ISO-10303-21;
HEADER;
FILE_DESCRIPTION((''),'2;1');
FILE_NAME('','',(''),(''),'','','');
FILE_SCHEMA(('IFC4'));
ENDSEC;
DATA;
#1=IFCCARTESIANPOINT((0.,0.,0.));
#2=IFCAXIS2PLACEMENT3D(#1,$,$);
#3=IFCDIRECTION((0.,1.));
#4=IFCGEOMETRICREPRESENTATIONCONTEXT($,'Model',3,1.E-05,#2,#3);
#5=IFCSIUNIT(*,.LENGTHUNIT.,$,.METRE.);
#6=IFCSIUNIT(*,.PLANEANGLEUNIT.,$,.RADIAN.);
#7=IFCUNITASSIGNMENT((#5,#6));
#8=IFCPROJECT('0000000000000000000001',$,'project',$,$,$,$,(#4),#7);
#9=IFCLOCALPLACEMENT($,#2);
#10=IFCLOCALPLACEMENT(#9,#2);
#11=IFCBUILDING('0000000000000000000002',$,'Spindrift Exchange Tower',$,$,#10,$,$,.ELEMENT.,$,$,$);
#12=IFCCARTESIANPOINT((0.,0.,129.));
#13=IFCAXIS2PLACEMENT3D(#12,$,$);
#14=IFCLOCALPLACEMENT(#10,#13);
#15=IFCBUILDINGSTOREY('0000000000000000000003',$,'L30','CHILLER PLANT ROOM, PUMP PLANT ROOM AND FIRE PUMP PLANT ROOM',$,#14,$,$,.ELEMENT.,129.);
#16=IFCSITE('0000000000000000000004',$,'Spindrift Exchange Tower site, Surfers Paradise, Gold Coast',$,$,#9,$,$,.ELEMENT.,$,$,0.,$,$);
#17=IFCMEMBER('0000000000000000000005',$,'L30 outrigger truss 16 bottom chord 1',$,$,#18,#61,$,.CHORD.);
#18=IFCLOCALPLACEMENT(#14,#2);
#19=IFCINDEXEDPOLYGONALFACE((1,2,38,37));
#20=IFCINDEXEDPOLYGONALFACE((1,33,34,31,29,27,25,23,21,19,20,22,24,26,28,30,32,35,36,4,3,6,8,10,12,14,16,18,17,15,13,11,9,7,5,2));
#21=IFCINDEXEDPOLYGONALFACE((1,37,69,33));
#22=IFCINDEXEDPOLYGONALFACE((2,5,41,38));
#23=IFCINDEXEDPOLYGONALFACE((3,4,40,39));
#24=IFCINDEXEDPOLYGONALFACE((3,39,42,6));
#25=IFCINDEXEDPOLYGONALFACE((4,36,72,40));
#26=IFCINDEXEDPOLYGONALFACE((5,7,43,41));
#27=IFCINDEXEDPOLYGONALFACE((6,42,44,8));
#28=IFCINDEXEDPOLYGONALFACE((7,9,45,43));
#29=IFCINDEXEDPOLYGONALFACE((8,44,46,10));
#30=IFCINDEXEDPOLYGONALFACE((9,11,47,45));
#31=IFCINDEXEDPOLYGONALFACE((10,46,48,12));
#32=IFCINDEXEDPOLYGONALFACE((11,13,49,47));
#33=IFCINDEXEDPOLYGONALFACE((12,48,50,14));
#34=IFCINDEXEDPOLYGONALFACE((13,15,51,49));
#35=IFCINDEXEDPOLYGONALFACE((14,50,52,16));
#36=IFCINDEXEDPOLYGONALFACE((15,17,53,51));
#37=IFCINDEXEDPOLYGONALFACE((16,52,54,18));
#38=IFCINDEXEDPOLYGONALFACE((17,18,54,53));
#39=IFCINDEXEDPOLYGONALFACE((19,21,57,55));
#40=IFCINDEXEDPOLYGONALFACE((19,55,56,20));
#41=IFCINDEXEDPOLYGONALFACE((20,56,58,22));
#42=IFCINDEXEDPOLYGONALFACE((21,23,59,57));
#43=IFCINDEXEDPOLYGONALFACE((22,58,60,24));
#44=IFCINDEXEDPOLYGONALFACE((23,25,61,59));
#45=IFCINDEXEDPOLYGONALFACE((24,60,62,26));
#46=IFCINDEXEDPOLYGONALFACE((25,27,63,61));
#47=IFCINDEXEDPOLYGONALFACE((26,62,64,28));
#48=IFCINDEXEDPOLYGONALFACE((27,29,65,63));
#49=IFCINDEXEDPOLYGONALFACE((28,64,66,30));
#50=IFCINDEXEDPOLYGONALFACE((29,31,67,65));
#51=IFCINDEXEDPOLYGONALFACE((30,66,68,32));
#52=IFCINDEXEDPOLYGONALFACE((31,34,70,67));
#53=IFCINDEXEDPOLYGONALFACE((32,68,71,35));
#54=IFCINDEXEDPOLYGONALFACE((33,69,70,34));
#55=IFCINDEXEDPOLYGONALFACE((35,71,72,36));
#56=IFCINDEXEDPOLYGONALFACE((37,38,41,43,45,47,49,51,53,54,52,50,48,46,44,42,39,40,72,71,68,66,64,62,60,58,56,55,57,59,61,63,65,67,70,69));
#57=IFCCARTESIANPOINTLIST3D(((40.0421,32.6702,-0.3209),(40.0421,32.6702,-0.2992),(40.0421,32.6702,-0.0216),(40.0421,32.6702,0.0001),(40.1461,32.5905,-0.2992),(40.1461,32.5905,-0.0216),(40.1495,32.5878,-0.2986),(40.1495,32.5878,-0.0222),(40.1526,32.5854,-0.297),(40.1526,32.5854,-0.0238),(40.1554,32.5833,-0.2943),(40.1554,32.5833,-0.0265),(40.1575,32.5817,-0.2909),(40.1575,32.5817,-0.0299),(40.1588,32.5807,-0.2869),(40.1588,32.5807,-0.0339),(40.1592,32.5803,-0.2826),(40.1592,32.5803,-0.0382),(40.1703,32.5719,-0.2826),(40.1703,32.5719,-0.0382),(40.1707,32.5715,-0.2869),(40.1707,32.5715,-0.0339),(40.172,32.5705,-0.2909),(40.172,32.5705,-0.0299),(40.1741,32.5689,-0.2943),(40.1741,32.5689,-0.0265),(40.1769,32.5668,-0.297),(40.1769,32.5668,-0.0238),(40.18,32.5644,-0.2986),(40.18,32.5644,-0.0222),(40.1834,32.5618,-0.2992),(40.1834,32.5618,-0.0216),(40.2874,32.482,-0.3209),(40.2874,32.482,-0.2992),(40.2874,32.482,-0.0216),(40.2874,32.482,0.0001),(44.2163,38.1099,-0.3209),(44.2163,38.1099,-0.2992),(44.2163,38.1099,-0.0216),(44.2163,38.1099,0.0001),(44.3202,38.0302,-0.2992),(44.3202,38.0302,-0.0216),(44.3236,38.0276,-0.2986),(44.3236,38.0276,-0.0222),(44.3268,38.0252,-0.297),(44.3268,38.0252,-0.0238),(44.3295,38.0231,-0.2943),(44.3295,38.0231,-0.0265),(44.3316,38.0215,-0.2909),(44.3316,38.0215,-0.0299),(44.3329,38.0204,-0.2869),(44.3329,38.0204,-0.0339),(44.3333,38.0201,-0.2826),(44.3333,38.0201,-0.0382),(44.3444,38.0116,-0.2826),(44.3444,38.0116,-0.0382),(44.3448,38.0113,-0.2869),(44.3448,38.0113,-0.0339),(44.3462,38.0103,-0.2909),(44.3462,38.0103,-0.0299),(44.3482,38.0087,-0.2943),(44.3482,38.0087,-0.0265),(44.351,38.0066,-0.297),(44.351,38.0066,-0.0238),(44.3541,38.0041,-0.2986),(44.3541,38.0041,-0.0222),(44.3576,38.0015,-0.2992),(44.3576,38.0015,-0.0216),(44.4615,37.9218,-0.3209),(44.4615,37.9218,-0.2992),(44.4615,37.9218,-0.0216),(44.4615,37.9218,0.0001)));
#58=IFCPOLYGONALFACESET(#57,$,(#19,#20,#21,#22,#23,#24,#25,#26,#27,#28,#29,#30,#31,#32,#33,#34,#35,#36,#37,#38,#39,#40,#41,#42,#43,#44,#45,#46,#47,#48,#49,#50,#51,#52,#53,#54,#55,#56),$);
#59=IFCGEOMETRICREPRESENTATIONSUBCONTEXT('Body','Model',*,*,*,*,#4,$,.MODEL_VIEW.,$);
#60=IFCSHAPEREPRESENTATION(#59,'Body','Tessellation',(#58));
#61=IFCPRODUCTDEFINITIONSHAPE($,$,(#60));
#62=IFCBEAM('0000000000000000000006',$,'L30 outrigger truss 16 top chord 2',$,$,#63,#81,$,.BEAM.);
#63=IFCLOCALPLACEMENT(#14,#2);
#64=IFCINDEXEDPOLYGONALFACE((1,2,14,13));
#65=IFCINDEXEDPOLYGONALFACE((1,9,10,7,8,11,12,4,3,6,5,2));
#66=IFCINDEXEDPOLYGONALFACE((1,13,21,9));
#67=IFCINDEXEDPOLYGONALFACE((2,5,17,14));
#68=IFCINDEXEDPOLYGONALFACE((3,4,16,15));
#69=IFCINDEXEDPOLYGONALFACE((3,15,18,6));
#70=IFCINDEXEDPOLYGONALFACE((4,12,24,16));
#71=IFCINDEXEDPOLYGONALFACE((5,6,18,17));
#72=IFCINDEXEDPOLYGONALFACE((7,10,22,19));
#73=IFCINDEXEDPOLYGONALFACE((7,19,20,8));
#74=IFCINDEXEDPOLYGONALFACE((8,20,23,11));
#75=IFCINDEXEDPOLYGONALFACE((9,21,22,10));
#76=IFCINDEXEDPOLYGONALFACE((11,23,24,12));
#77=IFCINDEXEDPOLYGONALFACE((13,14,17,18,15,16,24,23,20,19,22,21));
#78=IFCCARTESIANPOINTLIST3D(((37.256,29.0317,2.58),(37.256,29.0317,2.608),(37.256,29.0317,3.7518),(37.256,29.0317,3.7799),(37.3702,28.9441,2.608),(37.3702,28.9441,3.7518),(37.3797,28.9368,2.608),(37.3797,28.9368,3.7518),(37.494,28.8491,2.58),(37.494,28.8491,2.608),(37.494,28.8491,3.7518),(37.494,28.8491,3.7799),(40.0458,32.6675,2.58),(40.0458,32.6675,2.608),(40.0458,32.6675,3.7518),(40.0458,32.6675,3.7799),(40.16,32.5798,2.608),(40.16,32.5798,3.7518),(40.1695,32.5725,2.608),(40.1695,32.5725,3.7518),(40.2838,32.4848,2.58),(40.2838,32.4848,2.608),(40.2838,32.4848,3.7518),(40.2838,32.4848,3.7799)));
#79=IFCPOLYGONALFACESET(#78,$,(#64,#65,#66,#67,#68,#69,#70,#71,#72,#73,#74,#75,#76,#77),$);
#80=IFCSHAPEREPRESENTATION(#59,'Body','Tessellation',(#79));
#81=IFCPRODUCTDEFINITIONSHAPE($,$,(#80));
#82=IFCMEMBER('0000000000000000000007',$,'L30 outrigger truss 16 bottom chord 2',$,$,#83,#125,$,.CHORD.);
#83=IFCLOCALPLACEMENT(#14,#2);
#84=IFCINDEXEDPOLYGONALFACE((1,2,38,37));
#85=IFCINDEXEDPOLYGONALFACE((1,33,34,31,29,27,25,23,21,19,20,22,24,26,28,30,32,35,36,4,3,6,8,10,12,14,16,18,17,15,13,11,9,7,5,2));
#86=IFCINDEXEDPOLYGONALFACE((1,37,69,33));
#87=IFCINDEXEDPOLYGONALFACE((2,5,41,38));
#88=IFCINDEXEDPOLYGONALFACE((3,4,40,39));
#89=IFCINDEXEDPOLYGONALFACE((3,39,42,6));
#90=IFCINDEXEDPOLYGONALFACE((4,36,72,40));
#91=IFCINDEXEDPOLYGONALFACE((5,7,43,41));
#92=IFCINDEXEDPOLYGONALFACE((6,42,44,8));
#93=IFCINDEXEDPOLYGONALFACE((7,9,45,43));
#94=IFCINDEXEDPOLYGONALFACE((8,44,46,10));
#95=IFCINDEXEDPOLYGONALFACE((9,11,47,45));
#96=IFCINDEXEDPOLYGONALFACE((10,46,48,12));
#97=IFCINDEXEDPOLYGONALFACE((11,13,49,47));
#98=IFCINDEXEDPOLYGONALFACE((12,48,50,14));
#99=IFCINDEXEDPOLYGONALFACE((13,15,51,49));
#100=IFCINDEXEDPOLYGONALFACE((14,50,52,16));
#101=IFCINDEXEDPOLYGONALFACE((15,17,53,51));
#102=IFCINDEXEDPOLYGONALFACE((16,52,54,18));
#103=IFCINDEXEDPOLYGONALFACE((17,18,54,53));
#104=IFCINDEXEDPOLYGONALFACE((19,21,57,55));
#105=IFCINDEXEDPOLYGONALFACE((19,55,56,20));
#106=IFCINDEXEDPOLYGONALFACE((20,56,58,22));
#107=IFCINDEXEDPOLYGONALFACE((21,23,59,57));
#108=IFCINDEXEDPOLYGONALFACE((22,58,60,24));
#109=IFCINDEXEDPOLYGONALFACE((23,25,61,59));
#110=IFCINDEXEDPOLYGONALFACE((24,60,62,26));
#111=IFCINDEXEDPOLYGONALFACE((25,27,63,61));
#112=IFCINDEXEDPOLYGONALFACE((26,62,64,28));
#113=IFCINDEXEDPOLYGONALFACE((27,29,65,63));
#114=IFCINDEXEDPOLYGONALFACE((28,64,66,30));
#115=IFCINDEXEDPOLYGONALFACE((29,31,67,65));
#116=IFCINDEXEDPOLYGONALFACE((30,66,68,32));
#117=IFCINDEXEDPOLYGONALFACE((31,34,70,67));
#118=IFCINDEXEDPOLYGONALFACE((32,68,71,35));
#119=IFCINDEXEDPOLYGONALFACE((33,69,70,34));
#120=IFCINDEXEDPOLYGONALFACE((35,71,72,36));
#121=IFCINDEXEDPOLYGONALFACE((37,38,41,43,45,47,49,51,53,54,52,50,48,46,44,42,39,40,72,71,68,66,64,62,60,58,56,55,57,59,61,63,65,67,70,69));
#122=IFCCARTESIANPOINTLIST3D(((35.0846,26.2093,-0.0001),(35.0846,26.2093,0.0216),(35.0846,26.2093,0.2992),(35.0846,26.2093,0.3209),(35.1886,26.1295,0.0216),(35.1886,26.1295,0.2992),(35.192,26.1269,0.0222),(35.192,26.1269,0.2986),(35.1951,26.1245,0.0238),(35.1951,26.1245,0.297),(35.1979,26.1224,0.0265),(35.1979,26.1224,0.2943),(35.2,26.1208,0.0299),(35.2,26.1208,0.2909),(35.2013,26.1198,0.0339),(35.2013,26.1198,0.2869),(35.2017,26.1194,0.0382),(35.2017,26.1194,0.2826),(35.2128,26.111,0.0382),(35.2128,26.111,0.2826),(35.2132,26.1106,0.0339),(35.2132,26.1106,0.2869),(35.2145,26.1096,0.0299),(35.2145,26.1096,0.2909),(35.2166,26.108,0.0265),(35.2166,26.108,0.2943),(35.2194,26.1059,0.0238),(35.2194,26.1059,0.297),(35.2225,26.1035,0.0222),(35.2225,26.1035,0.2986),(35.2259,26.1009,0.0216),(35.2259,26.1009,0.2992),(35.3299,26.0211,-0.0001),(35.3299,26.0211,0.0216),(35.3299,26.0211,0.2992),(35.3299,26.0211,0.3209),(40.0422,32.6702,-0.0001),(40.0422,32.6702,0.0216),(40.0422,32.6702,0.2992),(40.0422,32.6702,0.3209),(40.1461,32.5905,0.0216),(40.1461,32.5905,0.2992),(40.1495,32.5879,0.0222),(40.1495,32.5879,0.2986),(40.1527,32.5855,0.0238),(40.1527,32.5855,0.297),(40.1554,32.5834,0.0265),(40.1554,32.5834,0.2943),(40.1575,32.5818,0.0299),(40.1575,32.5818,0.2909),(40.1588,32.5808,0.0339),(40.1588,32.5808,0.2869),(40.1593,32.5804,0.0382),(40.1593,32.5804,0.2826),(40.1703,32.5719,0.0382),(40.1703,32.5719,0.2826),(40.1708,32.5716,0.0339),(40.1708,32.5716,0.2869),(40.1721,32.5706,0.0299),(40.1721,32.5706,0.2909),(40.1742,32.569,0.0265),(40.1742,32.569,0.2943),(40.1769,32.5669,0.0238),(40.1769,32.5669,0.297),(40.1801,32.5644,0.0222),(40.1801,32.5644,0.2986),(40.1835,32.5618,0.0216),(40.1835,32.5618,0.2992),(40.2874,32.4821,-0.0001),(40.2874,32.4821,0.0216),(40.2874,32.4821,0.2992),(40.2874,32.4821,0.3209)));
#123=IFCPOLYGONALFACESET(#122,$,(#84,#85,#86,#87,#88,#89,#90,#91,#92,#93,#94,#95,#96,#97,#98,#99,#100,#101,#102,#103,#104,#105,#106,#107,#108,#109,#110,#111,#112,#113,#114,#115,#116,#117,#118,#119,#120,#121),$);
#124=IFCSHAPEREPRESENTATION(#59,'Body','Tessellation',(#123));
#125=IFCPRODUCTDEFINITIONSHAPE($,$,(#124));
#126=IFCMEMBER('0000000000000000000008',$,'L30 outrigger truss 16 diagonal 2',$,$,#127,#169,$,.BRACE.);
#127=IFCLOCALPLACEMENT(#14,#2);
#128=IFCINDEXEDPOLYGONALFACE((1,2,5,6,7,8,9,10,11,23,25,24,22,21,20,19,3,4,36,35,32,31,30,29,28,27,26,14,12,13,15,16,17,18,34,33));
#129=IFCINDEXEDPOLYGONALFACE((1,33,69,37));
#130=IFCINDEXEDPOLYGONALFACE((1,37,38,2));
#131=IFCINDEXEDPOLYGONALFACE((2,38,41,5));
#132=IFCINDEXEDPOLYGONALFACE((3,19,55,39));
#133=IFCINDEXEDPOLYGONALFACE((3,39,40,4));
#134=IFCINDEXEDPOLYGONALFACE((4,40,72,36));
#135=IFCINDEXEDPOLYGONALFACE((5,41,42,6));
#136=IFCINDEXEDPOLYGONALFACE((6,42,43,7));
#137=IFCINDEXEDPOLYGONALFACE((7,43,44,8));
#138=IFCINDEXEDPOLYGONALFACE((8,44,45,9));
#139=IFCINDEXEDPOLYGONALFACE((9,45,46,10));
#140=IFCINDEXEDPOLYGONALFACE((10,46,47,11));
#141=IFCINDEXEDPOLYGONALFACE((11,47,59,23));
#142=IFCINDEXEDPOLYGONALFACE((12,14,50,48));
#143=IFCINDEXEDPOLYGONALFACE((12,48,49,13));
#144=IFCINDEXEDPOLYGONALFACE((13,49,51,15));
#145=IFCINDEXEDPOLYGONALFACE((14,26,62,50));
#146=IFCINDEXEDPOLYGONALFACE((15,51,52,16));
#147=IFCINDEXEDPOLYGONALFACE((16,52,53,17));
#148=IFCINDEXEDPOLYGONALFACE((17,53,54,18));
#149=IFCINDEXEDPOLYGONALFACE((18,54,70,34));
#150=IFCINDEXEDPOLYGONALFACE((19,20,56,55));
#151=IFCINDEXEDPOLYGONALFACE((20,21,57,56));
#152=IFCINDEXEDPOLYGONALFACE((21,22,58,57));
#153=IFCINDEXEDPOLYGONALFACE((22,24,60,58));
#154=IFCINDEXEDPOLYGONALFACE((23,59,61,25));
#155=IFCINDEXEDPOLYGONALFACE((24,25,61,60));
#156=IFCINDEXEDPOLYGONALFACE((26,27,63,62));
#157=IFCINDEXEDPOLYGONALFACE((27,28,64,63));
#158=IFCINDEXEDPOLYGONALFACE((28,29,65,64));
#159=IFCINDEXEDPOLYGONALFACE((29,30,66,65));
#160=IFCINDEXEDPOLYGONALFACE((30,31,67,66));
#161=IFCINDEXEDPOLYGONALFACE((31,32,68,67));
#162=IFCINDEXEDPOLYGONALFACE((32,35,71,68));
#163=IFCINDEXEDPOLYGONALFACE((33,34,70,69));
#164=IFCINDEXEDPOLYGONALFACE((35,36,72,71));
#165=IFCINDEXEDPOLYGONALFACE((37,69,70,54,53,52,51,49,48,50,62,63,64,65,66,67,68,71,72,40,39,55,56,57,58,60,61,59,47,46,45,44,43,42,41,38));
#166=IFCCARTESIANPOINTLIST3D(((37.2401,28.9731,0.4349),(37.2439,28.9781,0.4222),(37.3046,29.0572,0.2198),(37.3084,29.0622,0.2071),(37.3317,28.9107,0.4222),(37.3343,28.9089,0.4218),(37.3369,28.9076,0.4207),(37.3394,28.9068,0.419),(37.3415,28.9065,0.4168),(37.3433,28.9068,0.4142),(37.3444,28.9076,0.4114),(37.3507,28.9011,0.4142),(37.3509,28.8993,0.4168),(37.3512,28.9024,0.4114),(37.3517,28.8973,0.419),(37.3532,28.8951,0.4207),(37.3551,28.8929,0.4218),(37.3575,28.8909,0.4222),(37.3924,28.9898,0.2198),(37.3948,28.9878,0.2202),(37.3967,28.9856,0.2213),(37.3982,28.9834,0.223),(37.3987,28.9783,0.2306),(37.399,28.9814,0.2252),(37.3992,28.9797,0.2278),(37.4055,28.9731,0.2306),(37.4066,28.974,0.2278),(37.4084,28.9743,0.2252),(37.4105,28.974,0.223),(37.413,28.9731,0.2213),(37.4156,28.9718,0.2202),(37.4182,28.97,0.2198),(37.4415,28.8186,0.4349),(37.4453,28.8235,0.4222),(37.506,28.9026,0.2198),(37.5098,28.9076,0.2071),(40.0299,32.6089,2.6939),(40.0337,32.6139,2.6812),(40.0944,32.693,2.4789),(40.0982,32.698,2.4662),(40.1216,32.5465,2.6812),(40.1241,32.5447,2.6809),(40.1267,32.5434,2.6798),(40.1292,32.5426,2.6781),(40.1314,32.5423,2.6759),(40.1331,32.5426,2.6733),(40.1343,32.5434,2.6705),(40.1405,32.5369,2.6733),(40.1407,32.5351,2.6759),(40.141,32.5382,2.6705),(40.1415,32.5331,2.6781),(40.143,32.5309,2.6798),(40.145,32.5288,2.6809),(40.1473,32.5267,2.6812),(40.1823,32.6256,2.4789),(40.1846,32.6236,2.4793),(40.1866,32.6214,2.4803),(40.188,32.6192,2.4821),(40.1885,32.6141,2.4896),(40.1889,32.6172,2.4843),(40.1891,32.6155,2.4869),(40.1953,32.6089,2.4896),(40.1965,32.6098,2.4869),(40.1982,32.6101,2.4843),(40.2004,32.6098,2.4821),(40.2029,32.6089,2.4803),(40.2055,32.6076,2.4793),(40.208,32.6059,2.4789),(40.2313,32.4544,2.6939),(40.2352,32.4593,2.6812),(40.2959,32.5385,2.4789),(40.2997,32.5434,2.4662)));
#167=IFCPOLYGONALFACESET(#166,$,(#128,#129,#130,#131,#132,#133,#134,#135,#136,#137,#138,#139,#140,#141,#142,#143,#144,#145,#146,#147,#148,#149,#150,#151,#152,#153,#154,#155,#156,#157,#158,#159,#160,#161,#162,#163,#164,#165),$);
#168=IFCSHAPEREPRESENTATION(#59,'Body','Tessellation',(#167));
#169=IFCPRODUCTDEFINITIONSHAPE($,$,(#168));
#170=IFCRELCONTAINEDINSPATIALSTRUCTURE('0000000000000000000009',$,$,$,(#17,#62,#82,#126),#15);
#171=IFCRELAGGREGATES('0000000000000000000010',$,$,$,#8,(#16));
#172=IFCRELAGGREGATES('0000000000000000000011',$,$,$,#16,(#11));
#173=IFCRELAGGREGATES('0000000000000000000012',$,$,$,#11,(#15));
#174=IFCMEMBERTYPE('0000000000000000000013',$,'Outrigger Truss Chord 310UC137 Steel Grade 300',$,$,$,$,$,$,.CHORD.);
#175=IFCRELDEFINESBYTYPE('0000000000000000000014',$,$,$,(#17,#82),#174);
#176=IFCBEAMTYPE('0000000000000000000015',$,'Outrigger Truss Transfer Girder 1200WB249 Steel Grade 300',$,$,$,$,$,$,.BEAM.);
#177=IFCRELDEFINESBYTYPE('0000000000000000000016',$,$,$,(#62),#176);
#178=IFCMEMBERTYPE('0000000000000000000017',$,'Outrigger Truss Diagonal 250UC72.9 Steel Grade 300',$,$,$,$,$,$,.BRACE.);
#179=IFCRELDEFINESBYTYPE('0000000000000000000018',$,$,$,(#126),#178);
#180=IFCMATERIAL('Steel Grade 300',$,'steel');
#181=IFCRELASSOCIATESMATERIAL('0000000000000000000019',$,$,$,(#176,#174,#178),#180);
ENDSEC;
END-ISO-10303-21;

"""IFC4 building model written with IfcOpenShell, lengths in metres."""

from ifc_helpers import new_model, si_unit, direction, frame, origin, origin_2d, place, context, subcontext, project, spatial, i_section, extrude, source, transform, mapped, material, material_profile, profile_set, type_object, element, save


model = new_model("IFC4")

# Units and contexts
model_context = context("Model", 3, precision=1e-05, world=origin(), true_north=direction((0.0, 1.0)))
body_context = subcontext(model_context, "Body", "Model", "MODEL_VIEW")
ifc_project = project(units=[si_unit("LENGTHUNIT", "METRE"), si_unit("PLANEANGLEUNIT", "RADIAN")], contexts=[model_context])

# Site, building, storey
site_placement = place(None, origin())
site = spatial("IfcSite", under=ifc_project, at=site_placement, Name="Spindrift Exchange Tower site, Surfers Paradise, Gold Coast", CompositionType="ELEMENT", RefElevation=0.0)
building_placement = place(site_placement, origin())
building = spatial("IfcBuilding", under=site, at=building_placement, Name="Spindrift Exchange Tower", CompositionType="ELEMENT")
storey_placement = place(building_placement, frame((0.0, 0.0, 129.0)))
storey = spatial("IfcBuildingStorey", under=building, at=storey_placement, Name="L30", Description="CHILLER PLANT ROOM, PUMP PLANT ROOM AND FIRE PUMP PLANT ROOM", CompositionType="ELEMENT", Elevation=129.0)

# Shared definitions
ifc_material_1 = material(Name="Steel Grade 300", Category="steel")
ifc_material_profile_1 = material_profile(ifc_material_1, i_section(OverallWidth=0.3, OverallDepth=1.2, WebThickness=0.012, FlangeThickness=0.0281, at=origin_2d()), Name="1200WB249")
ifc_profile_set_1 = profile_set([ifc_material_profile_1], Name="Steel Grade 300")
beam_type = type_object("IfcBeamType", Name="Outrigger Truss Transfer Girder 1200WB249 Steel Grade 300", PredefinedType="BEAM", material=ifc_profile_set_1)

# Member
ifc_material_profile_2 = material_profile(ifc_material_1, i_section(OverallWidth=0.3091, OverallDepth=0.321, WebThickness=0.0139, FlangeThickness=0.0217, FilletRadius=0.0166, at=origin_2d()), Name="310UC137")
ifc_profile_set_2 = profile_set([ifc_material_profile_2], Name="Steel Grade 300")
member_type_1 = type_object("IfcMemberType", Name="Outrigger Truss Chord 310UC137 Steel Grade 300", PredefinedType="CHORD", material=ifc_profile_set_2)
shared_shape_1 = source(origin(), body_context, "Body", "SweptSolid", [
    extrude(i_section(OverallWidth=0.3091, OverallDepth=0.321, WebThickness=0.0139, FlangeThickness=0.0217, FilletRadius=0.0166, at=origin_2d()), origin(), (0.0, 0.0, 1.0), 6.8567),
])
member_1_placement = place(storey_placement, frame((44.3389, 38.0159, -0.1604), z_axis=(-0.608766, -0.79335, 0.0), x_axis=(0.79335, -0.608766, 0.0)))
element("IfcMember", 1, at=member_1_placement, inside=storey, type_object=member_type_1, Name="L30 outrigger truss 16 bottom chord 1", PredefinedType="CHORD", context=body_context, shape_type="MappedRepresentation", body=[
    mapped(shared_shape_1, transform((0.0, 0.0, 0.0), scale=1.0)),
])

# Beam
shared_shape_2 = source(origin(), body_context, "Body", "SweptSolid", [
    extrude(i_section(OverallWidth=0.3, OverallDepth=1.2, WebThickness=0.012, FlangeThickness=0.0281, at=origin_2d()), origin(), (0.0, 0.0, 1.0), 4.5828),
])
beam_1_placement = place(storey_placement, frame((40.1648, 32.5762, 3.1799), z_axis=(-0.60876, -0.793354, 0.0), x_axis=(0.793354, -0.60876, 0.0)))
element("IfcBeam", 2, at=beam_1_placement, inside=storey, type_object=beam_type, Name="L30 outrigger truss 16 top chord 2", PredefinedType="BEAM", context=body_context, shape_type="MappedRepresentation", body=[
    mapped(shared_shape_2, transform((0.0, 0.0, 0.0), scale=1.0)),
])

# Members
shared_shape_3 = source(origin(), body_context, "Body", "SweptSolid", [
    extrude(i_section(OverallWidth=0.3091, OverallDepth=0.321, WebThickness=0.0139, FlangeThickness=0.0217, FilletRadius=0.0166, at=origin_2d()), origin(), (0.0, 0.0, 1.0), 8.1438),
])
member_2_placement = place(storey_placement, frame((40.1648, 32.5762, 0.1604), z_axis=(-0.608751, -0.793361, 0.0), x_axis=(0.793361, -0.608751, 0.0)))
element("IfcMember", 3, at=member_2_placement, inside=storey, type_object=member_type_1, Name="L30 outrigger truss 16 bottom chord 2", PredefinedType="CHORD", context=body_context, shape_type="MappedRepresentation", body=[
    mapped(shared_shape_3, transform((0.0, 0.0, 0.0), scale=1.0)),
])
ifc_material_profile_3 = material_profile(ifc_material_1, i_section(OverallWidth=0.2539, OverallDepth=0.2539, WebThickness=0.0085, FlangeThickness=0.0142, FilletRadius=0.012, at=origin_2d()), Name="250UC72.9")
ifc_profile_set_3 = profile_set([ifc_material_profile_3], Name="Steel Grade 300")
member_type_2 = type_object("IfcMemberType", Name="Outrigger Truss Diagonal 250UC72.9 Steel Grade 300", PredefinedType="BRACE", material=ifc_profile_set_3)
shared_shape_4 = source(origin(), body_context, "Body", "SweptSolid", [
    extrude(i_section(OverallWidth=0.2539, OverallDepth=0.2539, WebThickness=0.0085, FlangeThickness=0.0142, FilletRadius=0.012, at=origin_2d()), origin(), (0.0, 0.0, 1.0), 5.1094),
])
member_3_placement = place(storey_placement, frame((40.1648, 32.5762, 2.5801), z_axis=(-0.546024, -0.711595, -0.442143), x_axis=(0.793354, -0.60876, 0.0)))
element("IfcMember", 4, at=member_3_placement, inside=storey, type_object=member_type_2, Name="L30 outrigger truss 16 diagonal 2", PredefinedType="BRACE", context=body_context, shape_type="MappedRepresentation", body=[
    mapped(shared_shape_4, transform((0.0, 0.0, 0.0), scale=1.0)),
])

save(model, "model.ifc")
